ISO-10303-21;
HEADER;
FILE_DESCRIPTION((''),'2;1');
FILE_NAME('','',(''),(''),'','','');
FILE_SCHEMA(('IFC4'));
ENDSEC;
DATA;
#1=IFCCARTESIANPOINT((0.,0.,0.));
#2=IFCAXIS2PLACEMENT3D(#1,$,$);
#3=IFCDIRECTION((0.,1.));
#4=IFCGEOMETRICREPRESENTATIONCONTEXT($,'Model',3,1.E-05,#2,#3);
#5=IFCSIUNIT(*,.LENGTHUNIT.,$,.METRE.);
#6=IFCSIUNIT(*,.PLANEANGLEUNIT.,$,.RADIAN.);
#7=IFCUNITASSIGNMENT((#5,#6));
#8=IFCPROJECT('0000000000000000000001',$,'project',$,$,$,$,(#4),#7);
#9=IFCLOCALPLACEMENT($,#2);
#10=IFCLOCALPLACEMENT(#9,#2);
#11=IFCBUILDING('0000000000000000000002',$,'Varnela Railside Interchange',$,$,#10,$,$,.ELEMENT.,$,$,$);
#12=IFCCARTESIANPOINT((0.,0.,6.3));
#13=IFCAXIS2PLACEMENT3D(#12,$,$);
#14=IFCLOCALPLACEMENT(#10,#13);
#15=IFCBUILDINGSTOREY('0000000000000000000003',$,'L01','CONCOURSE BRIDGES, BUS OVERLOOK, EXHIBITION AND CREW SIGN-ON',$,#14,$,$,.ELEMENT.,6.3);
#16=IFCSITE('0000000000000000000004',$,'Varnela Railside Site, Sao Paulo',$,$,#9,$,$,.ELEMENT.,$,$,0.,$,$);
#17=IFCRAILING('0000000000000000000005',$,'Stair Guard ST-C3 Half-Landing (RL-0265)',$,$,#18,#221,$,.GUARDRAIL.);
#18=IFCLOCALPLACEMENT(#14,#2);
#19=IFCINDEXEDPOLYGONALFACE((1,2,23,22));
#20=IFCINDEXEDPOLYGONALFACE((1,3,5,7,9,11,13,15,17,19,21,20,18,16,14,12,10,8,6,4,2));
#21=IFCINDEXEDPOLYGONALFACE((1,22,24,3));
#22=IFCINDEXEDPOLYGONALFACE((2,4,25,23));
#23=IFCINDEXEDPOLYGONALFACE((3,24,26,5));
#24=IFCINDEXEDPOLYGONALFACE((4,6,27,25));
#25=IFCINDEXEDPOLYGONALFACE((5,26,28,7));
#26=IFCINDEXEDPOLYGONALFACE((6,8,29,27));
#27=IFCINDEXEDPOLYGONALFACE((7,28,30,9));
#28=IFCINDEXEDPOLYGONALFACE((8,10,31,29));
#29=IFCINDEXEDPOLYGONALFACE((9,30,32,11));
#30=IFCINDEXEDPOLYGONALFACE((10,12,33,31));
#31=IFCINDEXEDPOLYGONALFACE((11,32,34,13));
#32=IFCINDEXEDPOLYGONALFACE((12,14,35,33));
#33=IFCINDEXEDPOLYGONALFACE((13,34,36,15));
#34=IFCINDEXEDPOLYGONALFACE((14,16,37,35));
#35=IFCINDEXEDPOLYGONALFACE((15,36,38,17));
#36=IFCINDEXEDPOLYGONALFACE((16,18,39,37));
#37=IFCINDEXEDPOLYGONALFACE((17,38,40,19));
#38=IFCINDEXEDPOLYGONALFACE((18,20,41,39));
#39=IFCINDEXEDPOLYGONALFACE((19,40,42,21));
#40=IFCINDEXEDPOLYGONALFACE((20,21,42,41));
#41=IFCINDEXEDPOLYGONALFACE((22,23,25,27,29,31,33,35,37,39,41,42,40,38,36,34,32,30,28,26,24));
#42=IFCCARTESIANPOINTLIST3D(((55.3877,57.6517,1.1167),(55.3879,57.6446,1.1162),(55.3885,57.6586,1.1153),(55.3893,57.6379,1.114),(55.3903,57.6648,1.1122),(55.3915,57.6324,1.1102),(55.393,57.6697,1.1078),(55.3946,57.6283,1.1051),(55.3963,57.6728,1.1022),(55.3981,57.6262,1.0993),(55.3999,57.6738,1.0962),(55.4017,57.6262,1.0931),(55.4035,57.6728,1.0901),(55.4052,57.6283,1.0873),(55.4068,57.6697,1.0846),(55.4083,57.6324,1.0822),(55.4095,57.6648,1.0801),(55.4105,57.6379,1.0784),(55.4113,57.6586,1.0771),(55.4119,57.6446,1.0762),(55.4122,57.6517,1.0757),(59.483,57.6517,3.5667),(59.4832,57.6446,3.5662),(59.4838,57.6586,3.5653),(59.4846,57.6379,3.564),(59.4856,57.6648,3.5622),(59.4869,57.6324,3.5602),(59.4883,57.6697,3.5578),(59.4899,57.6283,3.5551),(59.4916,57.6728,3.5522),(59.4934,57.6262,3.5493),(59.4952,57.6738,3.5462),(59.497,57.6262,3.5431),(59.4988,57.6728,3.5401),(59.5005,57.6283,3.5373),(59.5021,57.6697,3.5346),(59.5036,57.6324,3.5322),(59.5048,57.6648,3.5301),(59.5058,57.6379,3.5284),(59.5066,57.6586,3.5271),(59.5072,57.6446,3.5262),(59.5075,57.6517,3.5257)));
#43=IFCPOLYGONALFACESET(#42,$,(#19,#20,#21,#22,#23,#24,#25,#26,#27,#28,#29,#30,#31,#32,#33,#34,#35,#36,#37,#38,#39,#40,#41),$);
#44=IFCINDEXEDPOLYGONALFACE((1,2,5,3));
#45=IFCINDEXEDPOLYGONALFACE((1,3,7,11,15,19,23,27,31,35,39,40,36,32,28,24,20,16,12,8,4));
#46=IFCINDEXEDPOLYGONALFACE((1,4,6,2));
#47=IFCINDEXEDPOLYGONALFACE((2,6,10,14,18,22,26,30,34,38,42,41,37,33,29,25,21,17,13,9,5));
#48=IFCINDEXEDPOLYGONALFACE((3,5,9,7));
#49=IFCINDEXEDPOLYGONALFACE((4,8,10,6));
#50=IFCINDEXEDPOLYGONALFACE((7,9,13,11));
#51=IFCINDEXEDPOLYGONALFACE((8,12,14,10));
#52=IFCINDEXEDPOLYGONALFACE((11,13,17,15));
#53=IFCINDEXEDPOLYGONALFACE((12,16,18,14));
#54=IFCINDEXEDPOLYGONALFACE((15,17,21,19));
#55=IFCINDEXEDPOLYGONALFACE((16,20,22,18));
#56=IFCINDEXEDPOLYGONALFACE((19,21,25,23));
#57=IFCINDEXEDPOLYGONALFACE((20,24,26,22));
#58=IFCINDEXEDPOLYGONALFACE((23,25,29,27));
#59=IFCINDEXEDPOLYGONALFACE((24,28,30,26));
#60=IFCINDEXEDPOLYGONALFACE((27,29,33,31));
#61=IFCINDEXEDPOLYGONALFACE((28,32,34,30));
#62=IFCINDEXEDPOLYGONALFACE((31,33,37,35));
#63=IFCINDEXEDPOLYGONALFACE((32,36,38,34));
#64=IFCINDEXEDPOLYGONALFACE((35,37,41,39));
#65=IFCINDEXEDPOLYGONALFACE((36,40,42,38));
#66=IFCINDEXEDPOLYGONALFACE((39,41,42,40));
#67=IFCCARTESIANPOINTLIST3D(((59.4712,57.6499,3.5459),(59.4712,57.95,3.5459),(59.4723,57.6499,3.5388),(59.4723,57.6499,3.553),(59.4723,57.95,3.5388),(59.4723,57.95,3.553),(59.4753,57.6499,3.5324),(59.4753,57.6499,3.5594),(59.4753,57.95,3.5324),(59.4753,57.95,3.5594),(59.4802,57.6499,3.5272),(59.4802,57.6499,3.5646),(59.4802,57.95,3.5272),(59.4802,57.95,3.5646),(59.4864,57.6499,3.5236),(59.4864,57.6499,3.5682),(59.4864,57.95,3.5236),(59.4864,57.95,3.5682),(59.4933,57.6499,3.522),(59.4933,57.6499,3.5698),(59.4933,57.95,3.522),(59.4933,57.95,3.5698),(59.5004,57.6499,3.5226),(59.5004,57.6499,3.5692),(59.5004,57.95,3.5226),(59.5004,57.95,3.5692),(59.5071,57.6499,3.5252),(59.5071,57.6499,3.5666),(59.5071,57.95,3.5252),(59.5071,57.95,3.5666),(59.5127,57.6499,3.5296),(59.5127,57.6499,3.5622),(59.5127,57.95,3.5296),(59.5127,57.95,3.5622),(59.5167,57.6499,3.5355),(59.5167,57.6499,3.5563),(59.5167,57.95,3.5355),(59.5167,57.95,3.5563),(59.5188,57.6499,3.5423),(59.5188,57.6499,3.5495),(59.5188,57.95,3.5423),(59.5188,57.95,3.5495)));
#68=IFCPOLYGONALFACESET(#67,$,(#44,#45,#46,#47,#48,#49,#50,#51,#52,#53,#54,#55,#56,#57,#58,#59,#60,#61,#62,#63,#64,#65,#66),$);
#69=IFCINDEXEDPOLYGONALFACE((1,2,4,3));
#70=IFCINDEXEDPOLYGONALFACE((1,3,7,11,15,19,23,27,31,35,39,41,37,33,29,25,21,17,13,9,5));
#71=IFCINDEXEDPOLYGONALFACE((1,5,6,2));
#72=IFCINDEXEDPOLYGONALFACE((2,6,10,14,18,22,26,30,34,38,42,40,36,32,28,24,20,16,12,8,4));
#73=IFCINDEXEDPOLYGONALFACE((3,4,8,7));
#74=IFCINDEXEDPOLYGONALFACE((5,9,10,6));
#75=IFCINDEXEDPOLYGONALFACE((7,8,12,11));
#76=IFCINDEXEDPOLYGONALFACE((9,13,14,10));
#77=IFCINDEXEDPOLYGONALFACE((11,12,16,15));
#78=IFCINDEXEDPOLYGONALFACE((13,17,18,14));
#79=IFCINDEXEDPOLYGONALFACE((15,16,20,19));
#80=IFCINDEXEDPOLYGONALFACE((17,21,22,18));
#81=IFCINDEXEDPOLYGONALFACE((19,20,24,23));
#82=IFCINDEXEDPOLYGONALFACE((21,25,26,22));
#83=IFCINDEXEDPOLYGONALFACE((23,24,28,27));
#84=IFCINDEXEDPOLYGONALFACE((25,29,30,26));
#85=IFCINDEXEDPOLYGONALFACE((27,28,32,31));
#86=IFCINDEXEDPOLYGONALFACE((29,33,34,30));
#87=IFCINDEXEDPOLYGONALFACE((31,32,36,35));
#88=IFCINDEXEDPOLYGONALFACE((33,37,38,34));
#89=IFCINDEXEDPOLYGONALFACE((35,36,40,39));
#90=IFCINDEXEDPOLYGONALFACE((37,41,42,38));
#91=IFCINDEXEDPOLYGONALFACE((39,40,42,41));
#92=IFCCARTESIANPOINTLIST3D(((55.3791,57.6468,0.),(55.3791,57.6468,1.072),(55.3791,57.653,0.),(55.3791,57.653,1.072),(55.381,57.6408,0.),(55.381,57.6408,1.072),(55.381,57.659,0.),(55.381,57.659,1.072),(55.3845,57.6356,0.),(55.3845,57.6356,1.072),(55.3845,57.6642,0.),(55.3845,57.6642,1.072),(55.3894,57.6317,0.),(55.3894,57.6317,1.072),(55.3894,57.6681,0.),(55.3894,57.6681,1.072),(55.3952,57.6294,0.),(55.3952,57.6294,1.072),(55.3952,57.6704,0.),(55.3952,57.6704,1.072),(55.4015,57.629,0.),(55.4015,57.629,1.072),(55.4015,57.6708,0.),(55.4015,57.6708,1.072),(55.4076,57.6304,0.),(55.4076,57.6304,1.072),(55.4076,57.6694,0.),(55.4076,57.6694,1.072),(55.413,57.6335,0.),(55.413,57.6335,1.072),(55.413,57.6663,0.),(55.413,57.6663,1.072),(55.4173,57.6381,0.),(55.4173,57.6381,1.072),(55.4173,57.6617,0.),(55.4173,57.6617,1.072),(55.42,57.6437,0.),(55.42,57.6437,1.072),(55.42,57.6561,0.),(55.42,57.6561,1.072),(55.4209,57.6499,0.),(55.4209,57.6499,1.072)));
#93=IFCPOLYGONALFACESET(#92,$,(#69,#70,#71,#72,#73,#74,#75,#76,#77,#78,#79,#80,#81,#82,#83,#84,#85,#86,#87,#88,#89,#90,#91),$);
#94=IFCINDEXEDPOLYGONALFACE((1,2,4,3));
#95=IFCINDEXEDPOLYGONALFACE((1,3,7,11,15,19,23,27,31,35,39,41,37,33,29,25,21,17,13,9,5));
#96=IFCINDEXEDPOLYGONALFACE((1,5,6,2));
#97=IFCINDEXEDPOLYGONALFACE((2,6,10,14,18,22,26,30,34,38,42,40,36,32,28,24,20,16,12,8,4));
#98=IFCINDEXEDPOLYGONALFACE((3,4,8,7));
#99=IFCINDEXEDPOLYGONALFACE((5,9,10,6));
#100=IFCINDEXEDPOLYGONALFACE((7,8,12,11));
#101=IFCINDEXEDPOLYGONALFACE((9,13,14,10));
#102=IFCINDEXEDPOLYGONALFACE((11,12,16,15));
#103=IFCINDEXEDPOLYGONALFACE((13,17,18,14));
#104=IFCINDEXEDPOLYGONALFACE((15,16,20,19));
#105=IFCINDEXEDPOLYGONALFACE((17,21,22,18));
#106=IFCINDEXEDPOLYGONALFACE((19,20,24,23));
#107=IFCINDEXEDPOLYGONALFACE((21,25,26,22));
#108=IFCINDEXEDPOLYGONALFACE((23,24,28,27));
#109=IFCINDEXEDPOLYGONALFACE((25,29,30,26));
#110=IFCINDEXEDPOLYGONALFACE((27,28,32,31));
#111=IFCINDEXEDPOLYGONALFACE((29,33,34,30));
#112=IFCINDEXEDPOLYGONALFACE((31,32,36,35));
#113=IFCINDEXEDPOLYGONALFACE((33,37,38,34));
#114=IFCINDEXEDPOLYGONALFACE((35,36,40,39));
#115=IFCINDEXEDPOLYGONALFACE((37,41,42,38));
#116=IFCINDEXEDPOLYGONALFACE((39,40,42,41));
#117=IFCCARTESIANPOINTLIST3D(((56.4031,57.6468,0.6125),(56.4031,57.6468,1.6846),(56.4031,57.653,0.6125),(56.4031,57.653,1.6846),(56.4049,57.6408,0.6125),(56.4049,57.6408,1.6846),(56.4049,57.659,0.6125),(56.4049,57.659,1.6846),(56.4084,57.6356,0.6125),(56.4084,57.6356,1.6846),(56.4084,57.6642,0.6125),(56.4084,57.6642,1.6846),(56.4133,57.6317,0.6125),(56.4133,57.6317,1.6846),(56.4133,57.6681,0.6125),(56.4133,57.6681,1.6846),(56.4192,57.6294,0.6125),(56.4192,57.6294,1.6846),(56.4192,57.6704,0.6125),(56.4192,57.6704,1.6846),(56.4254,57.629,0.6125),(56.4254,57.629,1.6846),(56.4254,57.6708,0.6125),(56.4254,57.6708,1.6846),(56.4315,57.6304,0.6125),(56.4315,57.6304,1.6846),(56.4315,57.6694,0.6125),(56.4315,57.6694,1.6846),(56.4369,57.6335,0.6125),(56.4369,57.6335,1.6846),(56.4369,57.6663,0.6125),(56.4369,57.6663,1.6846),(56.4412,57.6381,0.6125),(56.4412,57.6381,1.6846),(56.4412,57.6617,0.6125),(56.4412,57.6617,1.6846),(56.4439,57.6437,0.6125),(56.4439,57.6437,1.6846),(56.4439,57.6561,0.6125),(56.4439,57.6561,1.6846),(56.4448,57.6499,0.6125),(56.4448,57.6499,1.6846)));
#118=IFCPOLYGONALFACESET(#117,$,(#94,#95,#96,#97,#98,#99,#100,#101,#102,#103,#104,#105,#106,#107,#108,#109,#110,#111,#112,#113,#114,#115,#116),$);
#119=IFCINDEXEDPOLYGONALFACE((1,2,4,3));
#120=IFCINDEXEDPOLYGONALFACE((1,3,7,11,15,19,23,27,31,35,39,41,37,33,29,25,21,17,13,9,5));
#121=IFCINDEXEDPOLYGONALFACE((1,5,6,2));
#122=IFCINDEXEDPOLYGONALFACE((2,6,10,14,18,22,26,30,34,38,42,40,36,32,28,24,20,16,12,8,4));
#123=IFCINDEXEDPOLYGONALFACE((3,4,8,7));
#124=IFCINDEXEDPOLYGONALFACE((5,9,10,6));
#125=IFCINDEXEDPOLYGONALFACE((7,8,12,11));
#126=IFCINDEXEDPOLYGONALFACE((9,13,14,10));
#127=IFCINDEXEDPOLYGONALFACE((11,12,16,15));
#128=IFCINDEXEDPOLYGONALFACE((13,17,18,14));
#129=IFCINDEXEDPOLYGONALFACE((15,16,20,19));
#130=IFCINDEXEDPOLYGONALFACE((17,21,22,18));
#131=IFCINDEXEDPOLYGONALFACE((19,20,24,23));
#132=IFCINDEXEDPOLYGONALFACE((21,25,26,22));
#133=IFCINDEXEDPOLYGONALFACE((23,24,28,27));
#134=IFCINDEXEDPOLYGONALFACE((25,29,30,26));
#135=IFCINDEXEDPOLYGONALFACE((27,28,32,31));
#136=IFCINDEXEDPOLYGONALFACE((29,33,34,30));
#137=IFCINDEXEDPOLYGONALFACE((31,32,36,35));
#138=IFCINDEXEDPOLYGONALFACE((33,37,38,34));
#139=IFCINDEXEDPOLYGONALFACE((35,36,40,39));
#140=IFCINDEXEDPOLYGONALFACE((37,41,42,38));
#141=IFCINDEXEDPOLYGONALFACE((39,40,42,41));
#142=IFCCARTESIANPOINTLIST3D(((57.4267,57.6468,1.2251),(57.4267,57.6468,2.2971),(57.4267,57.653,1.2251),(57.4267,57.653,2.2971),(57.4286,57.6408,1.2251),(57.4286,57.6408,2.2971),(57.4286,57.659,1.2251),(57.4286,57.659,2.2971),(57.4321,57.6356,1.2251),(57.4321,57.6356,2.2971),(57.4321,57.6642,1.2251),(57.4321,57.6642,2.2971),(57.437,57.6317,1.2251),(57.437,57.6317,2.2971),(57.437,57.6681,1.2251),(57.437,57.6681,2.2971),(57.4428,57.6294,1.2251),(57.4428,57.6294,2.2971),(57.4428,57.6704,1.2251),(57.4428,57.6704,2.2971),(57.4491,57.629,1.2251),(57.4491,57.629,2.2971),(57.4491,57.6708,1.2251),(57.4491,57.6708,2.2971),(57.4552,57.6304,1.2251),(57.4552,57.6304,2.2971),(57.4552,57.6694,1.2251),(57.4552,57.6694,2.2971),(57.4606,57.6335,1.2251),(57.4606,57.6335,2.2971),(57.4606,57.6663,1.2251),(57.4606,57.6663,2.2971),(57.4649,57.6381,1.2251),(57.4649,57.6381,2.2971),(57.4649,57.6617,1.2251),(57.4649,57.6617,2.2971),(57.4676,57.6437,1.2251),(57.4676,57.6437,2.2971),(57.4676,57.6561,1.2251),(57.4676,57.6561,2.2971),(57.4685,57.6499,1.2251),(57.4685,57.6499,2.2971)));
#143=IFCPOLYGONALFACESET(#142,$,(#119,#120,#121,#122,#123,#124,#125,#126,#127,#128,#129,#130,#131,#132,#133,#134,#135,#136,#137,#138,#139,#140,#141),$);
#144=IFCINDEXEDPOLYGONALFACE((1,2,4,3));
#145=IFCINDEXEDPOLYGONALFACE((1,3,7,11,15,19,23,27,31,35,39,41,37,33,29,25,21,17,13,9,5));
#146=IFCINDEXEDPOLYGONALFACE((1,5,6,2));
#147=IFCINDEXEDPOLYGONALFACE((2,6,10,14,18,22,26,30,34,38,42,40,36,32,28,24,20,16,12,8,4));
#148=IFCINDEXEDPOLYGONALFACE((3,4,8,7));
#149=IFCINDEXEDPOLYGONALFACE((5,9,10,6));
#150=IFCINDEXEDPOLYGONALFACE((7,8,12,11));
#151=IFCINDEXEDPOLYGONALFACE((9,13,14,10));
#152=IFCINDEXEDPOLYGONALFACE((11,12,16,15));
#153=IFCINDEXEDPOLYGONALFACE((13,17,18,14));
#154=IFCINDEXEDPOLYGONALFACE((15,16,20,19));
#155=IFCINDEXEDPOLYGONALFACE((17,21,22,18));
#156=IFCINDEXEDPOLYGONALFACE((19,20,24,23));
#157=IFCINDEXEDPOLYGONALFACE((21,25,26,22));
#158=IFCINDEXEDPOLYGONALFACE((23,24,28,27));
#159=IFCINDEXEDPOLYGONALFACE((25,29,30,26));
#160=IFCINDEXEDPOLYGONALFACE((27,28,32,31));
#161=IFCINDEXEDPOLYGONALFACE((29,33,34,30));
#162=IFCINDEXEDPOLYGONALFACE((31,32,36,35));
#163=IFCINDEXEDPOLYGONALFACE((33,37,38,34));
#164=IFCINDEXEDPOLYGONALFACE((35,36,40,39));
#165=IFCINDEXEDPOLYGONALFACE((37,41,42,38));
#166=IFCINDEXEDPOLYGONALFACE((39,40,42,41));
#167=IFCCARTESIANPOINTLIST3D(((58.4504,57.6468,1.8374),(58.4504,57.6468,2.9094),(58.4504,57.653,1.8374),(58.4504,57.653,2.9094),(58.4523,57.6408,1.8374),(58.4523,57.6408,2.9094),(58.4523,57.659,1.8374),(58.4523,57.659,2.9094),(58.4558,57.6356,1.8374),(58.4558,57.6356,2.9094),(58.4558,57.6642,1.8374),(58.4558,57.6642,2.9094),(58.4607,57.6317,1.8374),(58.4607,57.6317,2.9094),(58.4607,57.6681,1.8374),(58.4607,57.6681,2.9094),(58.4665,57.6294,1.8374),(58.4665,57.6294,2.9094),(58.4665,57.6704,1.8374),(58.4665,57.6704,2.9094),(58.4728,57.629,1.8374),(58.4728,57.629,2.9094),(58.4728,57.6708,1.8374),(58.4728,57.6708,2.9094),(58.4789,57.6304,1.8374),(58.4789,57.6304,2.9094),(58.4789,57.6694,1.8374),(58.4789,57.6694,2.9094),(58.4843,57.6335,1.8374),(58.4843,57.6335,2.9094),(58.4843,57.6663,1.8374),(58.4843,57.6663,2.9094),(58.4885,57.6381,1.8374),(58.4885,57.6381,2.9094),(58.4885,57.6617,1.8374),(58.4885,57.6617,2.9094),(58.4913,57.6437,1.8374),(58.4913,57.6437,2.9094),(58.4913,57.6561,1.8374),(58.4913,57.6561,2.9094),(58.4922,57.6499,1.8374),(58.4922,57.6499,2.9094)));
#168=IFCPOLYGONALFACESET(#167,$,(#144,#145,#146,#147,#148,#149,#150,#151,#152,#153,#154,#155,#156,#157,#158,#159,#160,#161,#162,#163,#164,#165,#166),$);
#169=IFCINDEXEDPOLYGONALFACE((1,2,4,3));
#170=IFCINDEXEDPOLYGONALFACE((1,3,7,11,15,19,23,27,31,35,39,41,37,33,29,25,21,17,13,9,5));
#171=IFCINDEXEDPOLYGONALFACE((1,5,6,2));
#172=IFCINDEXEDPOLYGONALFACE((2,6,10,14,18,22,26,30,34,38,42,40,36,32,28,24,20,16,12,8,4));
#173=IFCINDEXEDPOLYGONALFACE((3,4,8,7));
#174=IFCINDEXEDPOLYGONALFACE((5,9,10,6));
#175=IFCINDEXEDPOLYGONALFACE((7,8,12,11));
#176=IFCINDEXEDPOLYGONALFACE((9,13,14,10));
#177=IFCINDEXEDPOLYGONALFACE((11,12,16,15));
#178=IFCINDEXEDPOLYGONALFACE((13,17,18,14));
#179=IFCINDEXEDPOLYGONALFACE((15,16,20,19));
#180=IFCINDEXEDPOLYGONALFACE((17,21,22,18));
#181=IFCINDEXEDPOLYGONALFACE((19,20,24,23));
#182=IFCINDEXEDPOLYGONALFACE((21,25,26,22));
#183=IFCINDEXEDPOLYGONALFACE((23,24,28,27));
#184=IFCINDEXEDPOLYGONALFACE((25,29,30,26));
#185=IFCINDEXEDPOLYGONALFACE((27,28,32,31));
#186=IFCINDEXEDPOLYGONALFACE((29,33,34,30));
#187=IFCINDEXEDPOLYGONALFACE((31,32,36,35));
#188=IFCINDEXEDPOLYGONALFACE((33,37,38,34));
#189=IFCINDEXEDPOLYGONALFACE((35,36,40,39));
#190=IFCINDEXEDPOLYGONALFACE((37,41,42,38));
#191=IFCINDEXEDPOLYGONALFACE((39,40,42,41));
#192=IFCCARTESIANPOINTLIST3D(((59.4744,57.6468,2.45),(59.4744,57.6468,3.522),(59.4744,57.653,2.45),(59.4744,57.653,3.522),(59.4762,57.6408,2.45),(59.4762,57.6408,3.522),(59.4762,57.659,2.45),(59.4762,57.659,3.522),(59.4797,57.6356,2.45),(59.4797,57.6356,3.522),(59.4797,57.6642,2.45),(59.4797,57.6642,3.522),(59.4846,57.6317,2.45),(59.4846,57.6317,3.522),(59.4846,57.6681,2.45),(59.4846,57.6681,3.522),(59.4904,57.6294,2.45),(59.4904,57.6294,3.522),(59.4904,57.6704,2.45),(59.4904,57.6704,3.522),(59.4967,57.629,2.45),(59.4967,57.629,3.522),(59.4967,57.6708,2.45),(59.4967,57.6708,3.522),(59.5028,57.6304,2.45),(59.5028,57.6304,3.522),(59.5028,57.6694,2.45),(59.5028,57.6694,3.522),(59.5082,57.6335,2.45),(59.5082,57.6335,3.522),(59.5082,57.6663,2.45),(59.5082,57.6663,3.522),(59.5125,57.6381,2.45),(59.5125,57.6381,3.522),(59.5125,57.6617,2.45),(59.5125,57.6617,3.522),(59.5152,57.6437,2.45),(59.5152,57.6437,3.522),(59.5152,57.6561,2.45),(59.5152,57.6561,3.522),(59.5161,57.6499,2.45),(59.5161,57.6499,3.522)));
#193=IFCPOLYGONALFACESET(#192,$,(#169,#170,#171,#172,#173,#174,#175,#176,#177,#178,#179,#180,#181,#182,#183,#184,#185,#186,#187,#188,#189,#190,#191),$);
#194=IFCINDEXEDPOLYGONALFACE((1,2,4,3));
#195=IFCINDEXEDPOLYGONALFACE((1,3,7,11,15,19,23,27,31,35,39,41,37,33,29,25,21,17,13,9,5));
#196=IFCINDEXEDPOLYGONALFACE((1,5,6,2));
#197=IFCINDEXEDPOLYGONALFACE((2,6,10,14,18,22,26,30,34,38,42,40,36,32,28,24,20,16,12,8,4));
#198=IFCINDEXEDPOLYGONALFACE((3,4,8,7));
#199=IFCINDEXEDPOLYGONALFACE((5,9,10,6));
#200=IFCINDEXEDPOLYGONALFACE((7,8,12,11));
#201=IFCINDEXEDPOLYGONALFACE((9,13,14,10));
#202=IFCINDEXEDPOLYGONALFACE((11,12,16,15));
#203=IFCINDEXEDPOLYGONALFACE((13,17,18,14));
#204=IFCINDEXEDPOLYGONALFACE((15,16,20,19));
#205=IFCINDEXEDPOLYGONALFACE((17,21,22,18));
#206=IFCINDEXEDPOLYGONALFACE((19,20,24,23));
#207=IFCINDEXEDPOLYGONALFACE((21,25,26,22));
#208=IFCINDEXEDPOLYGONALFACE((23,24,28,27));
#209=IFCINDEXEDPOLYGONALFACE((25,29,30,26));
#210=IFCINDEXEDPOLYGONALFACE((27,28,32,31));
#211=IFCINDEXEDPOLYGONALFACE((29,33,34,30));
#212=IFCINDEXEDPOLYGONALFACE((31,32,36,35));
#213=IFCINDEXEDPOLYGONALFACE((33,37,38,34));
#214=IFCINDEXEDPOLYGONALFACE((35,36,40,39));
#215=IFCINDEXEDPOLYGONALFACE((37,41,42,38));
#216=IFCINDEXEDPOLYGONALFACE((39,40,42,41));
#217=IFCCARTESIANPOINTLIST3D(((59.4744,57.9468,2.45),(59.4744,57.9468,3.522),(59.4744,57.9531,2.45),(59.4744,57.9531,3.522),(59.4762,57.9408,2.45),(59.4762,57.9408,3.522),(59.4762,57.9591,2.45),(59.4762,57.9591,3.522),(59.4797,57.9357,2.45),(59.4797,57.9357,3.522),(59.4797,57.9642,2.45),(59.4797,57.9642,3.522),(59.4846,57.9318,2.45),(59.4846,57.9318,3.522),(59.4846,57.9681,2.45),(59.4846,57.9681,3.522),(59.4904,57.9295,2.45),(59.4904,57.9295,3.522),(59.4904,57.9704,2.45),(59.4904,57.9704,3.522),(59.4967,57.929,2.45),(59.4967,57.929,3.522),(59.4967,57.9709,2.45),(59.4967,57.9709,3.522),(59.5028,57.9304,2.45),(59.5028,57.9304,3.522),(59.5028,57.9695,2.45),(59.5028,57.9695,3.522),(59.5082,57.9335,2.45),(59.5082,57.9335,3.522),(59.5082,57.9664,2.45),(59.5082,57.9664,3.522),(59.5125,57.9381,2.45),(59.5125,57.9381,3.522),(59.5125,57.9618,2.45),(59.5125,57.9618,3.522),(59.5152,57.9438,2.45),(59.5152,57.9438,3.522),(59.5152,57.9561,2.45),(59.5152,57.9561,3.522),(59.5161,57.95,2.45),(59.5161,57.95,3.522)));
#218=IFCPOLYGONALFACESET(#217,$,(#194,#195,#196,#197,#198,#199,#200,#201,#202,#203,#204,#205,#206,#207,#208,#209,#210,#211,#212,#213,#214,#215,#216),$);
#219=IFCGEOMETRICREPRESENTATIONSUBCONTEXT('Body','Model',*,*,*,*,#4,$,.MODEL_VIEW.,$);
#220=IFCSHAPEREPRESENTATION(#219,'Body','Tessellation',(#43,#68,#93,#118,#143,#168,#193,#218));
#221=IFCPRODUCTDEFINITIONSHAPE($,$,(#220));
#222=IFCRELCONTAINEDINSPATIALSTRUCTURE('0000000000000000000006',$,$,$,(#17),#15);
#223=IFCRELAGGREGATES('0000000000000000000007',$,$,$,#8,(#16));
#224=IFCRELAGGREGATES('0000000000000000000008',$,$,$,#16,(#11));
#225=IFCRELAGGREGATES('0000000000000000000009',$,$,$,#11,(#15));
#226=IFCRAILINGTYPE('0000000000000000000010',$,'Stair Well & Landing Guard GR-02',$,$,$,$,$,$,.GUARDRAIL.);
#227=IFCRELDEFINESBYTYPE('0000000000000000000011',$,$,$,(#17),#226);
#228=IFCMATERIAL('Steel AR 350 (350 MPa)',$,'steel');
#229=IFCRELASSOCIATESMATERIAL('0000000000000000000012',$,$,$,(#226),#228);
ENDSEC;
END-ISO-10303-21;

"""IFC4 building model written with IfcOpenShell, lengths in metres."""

from ifc_helpers import new_model, si_unit, direction, frame, origin, origin_2d, place, context, subcontext, project, spatial, circle, extrude, material, type_object, element, save


model = new_model("IFC4")

# Units and contexts
model_context = context("Model", 3, precision=1e-05, world=origin(), true_north=direction((0.0, 1.0)))
body_context = subcontext(model_context, "Body", "Model", "MODEL_VIEW")
ifc_project = project(units=[si_unit("LENGTHUNIT", "METRE"), si_unit("PLANEANGLEUNIT", "RADIAN")], contexts=[model_context])

# Site, building, storey
site_placement = place(None, origin())
site = spatial("IfcSite", under=ifc_project, at=site_placement, Name="Varnela Railside Site, Sao Paulo", CompositionType="ELEMENT", RefElevation=0.0)
building_placement = place(site_placement, origin())
building = spatial("IfcBuilding", under=site, at=building_placement, Name="Varnela Railside Interchange", CompositionType="ELEMENT")
storey_placement = place(building_placement, frame((0.0, 0.0, 6.3)))
storey = spatial("IfcBuildingStorey", under=building, at=storey_placement, Name="L01", Description="CONCOURSE BRIDGES, BUS OVERLOOK, EXHIBITION AND CREW SIGN-ON", CompositionType="ELEMENT", Elevation=6.3)

# Shared definitions
ifc_material_1 = material(Name="Steel AR 350 (350 MPa)", Category="steel")

# Railing
railing_type_1 = type_object("IfcRailingType", Name="Stair Well & Landing Guard GR-02", PredefinedType="GUARDRAIL", material=ifc_material_1)
railing_1_placement = place(storey_placement, frame((55.3999, 57.6499, 0.0)))
element("IfcRailing", 1, at=railing_1_placement, inside=storey, type_object=railing_type_1, Name="Stair Guard ST-C3 Half-Landing (RL-0265)", PredefinedType="GUARDRAIL", context=body_context, shape_type="SweptSolid", body=[
    extrude(circle(Radius=0.0239, at=origin_2d()), frame((0.0, 0.0, 1.0962), z_axis=(0.858156, 0.0, 0.513389), x_axis=(0.0, 1.0, 0.0)), (0.0, 0.0, 1.0), 4.7722),
    extrude(circle(Radius=0.0239, at=origin_2d()), frame((4.0952, 0.0, 3.5459), z_axis=(0.0, 1.0, 0.0), x_axis=(-1.0, 0.0, 0.0)), (0.0, 0.0, 1.0), 0.3),
    extrude(circle(Radius=0.021, at=origin_2d()), origin(), (0.0, 0.0, 1.0), 1.072),
    extrude(circle(Radius=0.021, at=origin_2d()), frame((1.0239, 0.0, 0.6125)), (0.0, 0.0, 1.0), 1.072),
    extrude(circle(Radius=0.021, at=origin_2d()), frame((2.0476, 0.0, 1.2251)), (0.0, 0.0, 1.0), 1.072),
    extrude(circle(Radius=0.021, at=origin_2d()), frame((3.0713, 0.0, 1.8374)), (0.0, 0.0, 1.0), 1.072),
    extrude(circle(Radius=0.021, at=origin_2d()), frame((4.0952, 0.0, 2.45)), (0.0, 0.0, 1.0), 1.072),
    extrude(circle(Radius=0.021, at=origin_2d()), frame((4.0952, 0.3, 2.45)), (0.0, 0.0, 1.0), 1.072),
])

save(model, "model.ifc")
